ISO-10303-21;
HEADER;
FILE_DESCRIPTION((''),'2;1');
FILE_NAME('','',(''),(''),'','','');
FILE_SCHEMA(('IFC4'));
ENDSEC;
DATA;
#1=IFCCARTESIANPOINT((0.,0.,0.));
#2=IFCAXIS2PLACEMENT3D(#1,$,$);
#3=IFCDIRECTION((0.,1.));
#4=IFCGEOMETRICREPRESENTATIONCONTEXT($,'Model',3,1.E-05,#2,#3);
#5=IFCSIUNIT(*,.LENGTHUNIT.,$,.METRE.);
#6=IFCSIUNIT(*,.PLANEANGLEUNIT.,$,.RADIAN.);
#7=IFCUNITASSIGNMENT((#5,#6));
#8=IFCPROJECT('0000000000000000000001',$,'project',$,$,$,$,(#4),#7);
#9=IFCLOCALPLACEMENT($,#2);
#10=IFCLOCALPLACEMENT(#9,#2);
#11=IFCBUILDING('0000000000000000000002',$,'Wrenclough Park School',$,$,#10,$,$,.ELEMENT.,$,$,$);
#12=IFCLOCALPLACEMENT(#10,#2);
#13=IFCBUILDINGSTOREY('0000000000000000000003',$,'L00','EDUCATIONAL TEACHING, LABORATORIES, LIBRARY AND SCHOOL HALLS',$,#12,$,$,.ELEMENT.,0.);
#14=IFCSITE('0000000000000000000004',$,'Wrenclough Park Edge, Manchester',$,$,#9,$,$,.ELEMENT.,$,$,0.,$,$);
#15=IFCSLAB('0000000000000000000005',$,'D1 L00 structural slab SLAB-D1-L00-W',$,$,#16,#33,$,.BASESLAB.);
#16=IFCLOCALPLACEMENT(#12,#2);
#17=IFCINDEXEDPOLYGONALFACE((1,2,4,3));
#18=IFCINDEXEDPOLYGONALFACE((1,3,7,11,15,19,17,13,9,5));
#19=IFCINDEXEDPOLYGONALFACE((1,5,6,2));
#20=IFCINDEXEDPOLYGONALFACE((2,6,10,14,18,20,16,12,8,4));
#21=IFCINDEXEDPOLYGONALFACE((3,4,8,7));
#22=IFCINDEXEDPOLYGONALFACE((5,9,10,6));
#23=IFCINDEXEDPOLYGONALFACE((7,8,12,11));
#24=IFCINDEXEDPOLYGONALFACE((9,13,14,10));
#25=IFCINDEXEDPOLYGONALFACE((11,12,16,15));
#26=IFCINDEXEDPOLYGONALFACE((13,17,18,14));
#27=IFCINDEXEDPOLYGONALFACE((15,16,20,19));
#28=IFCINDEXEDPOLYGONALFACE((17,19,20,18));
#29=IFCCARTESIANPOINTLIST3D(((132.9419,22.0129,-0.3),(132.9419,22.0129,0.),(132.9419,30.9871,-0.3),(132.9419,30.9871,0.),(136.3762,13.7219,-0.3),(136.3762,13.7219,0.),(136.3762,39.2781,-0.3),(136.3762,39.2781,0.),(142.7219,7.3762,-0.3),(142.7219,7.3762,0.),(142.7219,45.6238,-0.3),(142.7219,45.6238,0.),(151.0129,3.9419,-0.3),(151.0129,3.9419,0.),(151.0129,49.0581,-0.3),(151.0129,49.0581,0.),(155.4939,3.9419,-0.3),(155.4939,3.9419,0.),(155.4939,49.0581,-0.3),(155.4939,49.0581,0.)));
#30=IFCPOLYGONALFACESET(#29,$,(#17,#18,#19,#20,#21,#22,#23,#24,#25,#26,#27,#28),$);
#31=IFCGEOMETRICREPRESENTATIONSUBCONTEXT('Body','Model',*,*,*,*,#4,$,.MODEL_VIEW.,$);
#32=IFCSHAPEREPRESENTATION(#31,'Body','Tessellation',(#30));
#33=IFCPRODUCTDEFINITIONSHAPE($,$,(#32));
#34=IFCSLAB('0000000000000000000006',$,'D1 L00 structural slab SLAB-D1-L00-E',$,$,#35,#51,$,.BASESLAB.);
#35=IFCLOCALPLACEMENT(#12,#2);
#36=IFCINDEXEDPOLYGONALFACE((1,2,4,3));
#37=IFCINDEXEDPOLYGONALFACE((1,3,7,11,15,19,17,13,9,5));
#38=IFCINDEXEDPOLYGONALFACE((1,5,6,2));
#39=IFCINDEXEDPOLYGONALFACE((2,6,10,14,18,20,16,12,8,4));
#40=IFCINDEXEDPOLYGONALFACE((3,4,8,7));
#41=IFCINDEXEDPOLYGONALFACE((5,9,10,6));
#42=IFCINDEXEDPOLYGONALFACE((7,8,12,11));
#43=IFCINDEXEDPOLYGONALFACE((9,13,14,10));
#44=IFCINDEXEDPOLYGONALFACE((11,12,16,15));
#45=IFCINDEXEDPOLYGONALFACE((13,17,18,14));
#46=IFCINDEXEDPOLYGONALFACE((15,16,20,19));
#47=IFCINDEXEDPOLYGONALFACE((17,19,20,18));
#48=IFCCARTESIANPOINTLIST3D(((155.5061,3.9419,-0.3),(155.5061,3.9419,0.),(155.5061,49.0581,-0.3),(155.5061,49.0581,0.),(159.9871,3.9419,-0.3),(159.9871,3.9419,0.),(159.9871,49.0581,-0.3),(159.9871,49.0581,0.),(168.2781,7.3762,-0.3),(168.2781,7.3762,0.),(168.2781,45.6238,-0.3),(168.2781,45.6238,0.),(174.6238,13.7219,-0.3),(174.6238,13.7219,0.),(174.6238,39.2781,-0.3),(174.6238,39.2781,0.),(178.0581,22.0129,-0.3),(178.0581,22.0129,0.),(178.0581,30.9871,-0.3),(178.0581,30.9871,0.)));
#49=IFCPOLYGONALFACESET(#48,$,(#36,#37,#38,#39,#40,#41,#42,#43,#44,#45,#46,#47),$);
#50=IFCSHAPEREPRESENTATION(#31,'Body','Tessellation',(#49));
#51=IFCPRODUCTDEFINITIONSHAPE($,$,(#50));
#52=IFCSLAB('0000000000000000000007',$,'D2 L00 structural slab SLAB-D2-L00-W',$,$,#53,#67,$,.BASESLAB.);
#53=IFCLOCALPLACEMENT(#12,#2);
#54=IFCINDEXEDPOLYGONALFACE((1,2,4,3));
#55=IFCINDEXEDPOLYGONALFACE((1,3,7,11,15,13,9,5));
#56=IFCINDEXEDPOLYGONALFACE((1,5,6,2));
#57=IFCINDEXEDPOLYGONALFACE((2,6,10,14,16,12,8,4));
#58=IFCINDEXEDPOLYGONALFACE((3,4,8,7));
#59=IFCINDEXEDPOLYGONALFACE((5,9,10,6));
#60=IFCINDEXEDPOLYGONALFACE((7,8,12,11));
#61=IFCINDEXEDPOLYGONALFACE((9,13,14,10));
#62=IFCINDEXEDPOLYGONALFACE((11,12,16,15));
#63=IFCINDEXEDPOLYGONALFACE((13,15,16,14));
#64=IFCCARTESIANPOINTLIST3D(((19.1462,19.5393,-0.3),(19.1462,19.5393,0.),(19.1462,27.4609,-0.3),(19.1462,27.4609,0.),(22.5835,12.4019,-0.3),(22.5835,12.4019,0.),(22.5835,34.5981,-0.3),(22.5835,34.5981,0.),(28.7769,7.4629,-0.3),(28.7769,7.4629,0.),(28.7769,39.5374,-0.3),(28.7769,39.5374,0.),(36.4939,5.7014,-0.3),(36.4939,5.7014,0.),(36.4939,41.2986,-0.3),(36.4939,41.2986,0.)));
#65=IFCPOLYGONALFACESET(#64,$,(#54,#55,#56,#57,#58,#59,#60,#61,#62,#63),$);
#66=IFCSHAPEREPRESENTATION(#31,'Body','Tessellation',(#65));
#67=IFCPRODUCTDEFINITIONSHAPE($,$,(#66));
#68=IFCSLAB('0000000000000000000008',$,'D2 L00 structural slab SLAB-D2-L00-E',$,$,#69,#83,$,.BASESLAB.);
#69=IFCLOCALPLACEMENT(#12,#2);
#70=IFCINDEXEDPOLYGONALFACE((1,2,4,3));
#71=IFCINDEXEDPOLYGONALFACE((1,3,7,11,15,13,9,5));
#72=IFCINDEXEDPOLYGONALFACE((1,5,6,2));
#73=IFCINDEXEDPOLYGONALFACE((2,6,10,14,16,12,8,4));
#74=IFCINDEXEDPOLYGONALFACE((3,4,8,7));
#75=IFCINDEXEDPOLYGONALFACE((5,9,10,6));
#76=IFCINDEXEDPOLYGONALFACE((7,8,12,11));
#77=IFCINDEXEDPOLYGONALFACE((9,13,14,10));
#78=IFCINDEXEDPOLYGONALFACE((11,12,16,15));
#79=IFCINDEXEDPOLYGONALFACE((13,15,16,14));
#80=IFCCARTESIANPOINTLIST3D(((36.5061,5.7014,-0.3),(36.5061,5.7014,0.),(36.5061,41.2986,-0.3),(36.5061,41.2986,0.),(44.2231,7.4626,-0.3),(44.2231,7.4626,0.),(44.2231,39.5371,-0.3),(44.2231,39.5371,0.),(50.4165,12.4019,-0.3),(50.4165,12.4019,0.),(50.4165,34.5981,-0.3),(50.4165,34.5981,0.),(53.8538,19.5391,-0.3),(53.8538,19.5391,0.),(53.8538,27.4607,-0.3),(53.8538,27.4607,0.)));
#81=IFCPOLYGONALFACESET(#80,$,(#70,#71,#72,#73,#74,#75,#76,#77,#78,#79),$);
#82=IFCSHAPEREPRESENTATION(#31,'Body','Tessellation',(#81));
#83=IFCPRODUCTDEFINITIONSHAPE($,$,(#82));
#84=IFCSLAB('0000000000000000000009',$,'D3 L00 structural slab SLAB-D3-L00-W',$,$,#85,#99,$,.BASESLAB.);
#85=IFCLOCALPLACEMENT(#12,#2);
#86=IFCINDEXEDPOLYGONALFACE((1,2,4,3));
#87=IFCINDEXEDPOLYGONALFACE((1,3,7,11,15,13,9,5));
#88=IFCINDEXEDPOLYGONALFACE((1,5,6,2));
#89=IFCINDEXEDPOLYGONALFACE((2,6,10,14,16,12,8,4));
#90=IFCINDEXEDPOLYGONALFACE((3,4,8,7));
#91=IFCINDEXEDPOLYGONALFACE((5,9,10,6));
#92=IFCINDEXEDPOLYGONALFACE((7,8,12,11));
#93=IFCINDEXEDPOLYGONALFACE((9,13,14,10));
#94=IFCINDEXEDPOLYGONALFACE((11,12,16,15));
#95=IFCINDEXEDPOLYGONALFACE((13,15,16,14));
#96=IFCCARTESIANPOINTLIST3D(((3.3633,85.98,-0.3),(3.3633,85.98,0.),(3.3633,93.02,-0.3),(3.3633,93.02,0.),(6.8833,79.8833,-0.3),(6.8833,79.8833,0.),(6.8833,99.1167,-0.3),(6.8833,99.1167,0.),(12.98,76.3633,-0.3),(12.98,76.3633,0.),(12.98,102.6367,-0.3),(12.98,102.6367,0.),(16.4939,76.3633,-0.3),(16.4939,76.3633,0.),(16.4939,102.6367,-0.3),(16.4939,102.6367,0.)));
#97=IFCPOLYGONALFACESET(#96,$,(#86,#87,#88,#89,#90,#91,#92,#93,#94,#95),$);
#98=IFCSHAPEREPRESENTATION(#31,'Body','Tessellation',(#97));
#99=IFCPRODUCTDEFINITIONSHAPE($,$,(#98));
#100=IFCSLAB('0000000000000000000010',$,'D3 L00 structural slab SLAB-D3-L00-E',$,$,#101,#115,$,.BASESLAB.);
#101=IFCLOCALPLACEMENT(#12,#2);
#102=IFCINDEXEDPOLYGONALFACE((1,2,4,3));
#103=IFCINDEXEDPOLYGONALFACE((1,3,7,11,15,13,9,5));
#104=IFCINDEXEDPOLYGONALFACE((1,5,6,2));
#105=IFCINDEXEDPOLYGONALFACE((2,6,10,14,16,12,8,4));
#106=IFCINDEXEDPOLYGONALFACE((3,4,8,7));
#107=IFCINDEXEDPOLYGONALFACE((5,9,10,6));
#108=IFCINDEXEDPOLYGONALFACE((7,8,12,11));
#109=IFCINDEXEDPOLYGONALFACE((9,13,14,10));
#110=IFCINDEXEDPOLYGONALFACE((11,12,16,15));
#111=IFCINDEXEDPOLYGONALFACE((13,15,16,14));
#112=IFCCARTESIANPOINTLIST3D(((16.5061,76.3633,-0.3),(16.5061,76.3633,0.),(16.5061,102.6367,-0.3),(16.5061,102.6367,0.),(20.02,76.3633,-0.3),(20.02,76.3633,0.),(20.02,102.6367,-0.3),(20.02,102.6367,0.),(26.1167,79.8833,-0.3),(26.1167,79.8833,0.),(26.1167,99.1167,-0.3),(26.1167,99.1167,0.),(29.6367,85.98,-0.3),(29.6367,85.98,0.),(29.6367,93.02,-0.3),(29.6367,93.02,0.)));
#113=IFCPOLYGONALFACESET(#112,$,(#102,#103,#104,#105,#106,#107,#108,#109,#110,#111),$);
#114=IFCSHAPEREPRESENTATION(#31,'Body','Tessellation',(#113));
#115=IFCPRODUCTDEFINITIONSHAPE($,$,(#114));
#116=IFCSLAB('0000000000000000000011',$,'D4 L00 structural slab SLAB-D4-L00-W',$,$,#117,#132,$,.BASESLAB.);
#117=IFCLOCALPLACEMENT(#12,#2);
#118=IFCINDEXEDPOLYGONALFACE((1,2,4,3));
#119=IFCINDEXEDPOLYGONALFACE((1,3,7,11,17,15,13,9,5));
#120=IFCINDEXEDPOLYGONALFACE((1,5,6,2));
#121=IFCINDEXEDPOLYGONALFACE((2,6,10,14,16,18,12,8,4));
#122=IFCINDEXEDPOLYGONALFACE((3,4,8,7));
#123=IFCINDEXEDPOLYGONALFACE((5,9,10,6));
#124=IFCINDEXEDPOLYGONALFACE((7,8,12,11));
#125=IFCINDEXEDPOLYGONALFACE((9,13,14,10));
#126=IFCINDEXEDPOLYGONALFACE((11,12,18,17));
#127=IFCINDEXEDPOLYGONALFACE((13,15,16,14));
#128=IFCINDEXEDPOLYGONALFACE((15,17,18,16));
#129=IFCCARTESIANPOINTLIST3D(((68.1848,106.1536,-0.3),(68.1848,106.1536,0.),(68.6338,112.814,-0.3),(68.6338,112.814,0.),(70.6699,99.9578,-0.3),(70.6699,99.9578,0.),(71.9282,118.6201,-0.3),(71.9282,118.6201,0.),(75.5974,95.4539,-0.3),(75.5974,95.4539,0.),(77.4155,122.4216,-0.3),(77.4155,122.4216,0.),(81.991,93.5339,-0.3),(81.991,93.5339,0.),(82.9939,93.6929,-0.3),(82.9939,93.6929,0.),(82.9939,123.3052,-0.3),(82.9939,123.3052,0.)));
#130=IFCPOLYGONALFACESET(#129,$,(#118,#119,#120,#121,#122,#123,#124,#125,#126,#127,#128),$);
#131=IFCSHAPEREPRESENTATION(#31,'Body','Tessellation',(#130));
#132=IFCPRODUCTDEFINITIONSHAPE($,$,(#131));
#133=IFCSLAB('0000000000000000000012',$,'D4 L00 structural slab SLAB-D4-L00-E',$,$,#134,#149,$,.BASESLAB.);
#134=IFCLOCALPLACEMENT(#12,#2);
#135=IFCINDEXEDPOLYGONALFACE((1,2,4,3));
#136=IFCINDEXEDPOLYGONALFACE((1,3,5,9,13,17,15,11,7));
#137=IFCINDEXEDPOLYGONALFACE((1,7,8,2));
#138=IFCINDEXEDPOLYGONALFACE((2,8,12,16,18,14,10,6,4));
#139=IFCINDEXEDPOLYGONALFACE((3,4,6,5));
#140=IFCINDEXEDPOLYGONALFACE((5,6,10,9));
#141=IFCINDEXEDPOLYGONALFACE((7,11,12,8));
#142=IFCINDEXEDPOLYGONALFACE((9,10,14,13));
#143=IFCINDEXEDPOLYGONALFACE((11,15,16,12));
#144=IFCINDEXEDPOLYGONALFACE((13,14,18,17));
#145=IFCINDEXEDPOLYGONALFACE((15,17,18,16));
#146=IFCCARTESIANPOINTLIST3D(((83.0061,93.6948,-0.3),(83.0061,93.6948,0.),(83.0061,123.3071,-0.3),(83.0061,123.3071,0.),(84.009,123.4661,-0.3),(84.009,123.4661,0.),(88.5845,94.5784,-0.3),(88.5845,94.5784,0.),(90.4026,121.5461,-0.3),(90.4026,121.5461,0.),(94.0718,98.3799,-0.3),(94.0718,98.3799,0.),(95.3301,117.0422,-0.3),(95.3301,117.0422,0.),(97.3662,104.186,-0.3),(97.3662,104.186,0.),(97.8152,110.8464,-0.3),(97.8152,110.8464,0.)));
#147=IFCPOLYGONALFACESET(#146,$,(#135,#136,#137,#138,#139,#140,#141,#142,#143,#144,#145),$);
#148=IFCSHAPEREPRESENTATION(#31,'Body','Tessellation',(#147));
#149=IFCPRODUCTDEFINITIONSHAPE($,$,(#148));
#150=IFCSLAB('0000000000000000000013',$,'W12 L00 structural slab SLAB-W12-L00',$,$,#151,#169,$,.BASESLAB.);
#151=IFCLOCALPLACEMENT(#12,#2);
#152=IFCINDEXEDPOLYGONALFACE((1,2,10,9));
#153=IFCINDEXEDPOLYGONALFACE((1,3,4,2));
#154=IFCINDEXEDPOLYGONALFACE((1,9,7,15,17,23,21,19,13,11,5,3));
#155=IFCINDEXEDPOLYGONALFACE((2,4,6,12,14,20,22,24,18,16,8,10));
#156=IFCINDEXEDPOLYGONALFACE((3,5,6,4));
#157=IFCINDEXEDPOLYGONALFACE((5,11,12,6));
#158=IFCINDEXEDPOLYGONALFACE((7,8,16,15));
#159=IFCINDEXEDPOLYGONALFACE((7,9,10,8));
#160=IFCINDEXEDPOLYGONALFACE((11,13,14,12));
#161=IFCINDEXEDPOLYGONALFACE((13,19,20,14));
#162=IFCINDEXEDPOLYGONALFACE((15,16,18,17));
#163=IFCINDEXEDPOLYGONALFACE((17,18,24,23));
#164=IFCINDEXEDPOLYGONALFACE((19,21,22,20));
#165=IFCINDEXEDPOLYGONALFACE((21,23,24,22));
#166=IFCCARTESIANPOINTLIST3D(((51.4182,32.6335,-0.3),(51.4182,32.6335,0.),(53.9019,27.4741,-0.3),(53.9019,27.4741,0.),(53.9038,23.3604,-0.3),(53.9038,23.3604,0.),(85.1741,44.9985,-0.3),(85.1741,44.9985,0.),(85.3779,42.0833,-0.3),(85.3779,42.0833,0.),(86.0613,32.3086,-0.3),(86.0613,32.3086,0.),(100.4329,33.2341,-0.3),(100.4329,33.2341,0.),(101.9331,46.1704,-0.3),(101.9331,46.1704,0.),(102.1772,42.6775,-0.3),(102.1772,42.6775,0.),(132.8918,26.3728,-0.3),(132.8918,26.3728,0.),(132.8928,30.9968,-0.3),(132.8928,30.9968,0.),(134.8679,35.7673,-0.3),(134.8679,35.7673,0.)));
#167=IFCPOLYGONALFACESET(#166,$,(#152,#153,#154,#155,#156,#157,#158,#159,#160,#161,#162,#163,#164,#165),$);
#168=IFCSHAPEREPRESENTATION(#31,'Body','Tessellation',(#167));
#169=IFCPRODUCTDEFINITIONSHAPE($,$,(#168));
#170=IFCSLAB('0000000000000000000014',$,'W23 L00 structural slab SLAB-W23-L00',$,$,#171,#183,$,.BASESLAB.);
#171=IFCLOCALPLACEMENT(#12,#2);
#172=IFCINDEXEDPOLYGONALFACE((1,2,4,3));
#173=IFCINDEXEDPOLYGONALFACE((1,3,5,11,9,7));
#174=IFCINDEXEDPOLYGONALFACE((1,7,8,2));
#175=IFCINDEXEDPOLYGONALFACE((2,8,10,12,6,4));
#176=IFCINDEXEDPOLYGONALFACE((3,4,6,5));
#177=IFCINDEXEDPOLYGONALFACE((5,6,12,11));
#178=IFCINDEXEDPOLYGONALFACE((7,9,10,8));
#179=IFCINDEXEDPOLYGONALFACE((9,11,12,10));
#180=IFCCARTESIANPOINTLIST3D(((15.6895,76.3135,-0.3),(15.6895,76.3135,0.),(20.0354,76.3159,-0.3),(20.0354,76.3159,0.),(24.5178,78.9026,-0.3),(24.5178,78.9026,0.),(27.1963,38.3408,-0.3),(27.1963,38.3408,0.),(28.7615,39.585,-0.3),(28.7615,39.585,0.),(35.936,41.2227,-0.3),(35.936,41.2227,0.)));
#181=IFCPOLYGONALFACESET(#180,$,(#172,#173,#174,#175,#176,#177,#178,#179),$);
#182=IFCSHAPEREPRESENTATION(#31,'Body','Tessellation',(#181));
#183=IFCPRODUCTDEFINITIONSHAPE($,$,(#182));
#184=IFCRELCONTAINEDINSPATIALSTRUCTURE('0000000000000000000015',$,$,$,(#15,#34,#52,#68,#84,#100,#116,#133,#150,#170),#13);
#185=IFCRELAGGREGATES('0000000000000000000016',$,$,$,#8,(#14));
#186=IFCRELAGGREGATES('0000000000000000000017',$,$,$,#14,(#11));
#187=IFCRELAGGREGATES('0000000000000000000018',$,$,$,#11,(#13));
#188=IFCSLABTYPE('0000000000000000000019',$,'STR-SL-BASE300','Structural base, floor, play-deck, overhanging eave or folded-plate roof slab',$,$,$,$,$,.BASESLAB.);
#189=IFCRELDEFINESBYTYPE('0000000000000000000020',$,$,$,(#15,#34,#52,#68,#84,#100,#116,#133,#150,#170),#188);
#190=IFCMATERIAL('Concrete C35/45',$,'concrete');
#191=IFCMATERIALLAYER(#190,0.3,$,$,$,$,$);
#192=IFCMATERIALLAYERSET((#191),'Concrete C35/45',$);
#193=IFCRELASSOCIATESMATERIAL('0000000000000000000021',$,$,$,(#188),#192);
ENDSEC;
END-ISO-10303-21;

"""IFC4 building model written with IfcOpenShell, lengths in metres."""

from ifc_helpers import new_model, si_unit, direction, frame, origin, place, context, subcontext, project, spatial, polyline, outline, extrude, material, layer, layer_set, type_object, element, save


model = new_model("IFC4")

# Units and contexts
model_context = context("Model", 3, precision=1e-05, world=origin(), true_north=direction((0.0, 1.0)))
body_context = subcontext(model_context, "Body", "Model", "MODEL_VIEW")
ifc_project = project(units=[si_unit("LENGTHUNIT", "METRE"), si_unit("PLANEANGLEUNIT", "RADIAN")], contexts=[model_context])

# Site, building, storey
site_placement = place(None, origin())
site = spatial("IfcSite", under=ifc_project, at=site_placement, Name="Wrenclough Park Edge, Manchester", CompositionType="ELEMENT", RefElevation=0.0)
building_placement = place(site_placement, origin())
building = spatial("IfcBuilding", under=site, at=building_placement, Name="Wrenclough Park School", CompositionType="ELEMENT")
storey_placement = place(building_placement, origin())
storey = spatial("IfcBuildingStorey", under=building, at=storey_placement, Name="L00", Description="EDUCATIONAL TEACHING, LABORATORIES, LIBRARY AND SCHOOL HALLS", CompositionType="ELEMENT", Elevation=0.0)

# Slabs
ifc_material_1 = material(Name="Concrete C35/45", Category="concrete")
ifc_layer_1 = layer(ifc_material_1, 0.3)
ifc_layer_set_1 = layer_set([ifc_layer_1], Name="Concrete C35/45")
slab_type_1 = type_object("IfcSlabType", Name="STR-SL-BASE300", Description="Structural base, floor, play-deck, overhanging eave or folded-plate roof slab", PredefinedType="BASESLAB", material=ifc_layer_set_1)
slab_1_placement = place(storey_placement, frame((0.0, 0.0, -0.3)))
element("IfcSlab", 1, at=slab_1_placement, inside=storey, type_object=slab_type_1, Name="D1 L00 structural slab SLAB-D1-L00-W", PredefinedType="BASESLAB", context=body_context, shape_type="SweptSolid", body=[
    extrude(outline(polyline([(151.0129, 3.9419), (155.4939, 3.9419), (155.4939, 49.0581), (151.0129, 49.0581), (142.7219, 45.6238), (136.3762, 39.2781), (132.9419, 30.9871), (132.9419, 22.0129), (136.3762, 13.7219), (142.7219, 7.3762), (151.0129, 3.9419)])), origin(), (0.0, 0.0, 1.0), 0.3),
])
slab_2_placement = place(storey_placement, frame((0.0, 0.0, -0.3)))
element("IfcSlab", 2, at=slab_2_placement, inside=storey, type_object=slab_type_1, Name="D1 L00 structural slab SLAB-D1-L00-E", PredefinedType="BASESLAB", context=body_context, shape_type="SweptSolid", body=[
    extrude(outline(polyline([(159.9871, 49.0581), (155.5061, 49.0581), (155.5061, 3.9419), (159.9871, 3.9419), (168.2781, 7.3762), (174.6238, 13.7219), (178.0581, 22.0129), (178.0581, 30.9871), (174.6238, 39.2781), (168.2781, 45.6238), (159.9871, 49.0581)])), origin(), (0.0, 0.0, 1.0), 0.3),
])
slab_3_placement = place(storey_placement, frame((0.0, 0.0, -0.3)))
element("IfcSlab", 3, at=slab_3_placement, inside=storey, type_object=slab_type_1, Name="D2 L00 structural slab SLAB-D2-L00-W", PredefinedType="BASESLAB", context=body_context, shape_type="SweptSolid", body=[
    extrude(outline(polyline([(28.7769, 7.4629), (36.4939, 5.7014), (36.4939, 41.2986), (28.7769, 39.5374), (22.5835, 34.5981), (19.1462, 27.4609), (19.1462, 19.5393), (22.5835, 12.4019), (28.7769, 7.4629)])), origin(), (0.0, 0.0, 1.0), 0.3),
])
slab_4_placement = place(storey_placement, frame((0.0, 0.0, -0.3)))
element("IfcSlab", 4, at=slab_4_placement, inside=storey, type_object=slab_type_1, Name="D2 L00 structural slab SLAB-D2-L00-E", PredefinedType="BASESLAB", context=body_context, shape_type="SweptSolid", body=[
    extrude(outline(polyline([(44.2231, 39.5371), (36.5061, 41.2986), (36.5061, 5.7014), (44.2231, 7.4626), (50.4165, 12.4019), (53.8538, 19.5391), (53.8538, 27.4607), (50.4165, 34.5981), (44.2231, 39.5371)])), origin(), (0.0, 0.0, 1.0), 0.3),
])
slab_5_placement = place(storey_placement, frame((0.0, 0.0, -0.3)))
element("IfcSlab", 5, at=slab_5_placement, inside=storey, type_object=slab_type_1, Name="D3 L00 structural slab SLAB-D3-L00-W", PredefinedType="BASESLAB", context=body_context, shape_type="SweptSolid", body=[
    extrude(outline(polyline([(12.98, 76.3633), (16.4939, 76.3633), (16.4939, 102.6367), (12.98, 102.6367), (6.8833, 99.1167), (3.3633, 93.02), (3.3633, 85.98), (6.8833, 79.8833), (12.98, 76.3633)])), origin(), (0.0, 0.0, 1.0), 0.3),
])
slab_6_placement = place(storey_placement, frame((0.0, 0.0, -0.3)))
element("IfcSlab", 6, at=slab_6_placement, inside=storey, type_object=slab_type_1, Name="D3 L00 structural slab SLAB-D3-L00-E", PredefinedType="BASESLAB", context=body_context, shape_type="SweptSolid", body=[
    extrude(outline(polyline([(20.02, 102.6367), (16.5061, 102.6367), (16.5061, 76.3633), (20.02, 76.3633), (26.1167, 79.8833), (29.6367, 85.98), (29.6367, 93.02), (26.1167, 99.1167), (20.02, 102.6367)])), origin(), (0.0, 0.0, 1.0), 0.3),
])
slab_7_placement = place(storey_placement, frame((0.0, 0.0, -0.3)))
element("IfcSlab", 7, at=slab_7_placement, inside=storey, type_object=slab_type_1, Name="D4 L00 structural slab SLAB-D4-L00-W", PredefinedType="BASESLAB", context=body_context, shape_type="SweptSolid", body=[
    extrude(outline(polyline([(81.991, 93.5339), (82.9939, 93.6929), (82.9939, 123.3052), (77.4155, 122.4216), (71.9282, 118.6201), (68.6338, 112.814), (68.1848, 106.1536), (70.6699, 99.9578), (75.5974, 95.4539), (81.991, 93.5339)])), origin(), (0.0, 0.0, 1.0), 0.3),
])
slab_8_placement = place(storey_placement, frame((0.0, 0.0, -0.3)))
element("IfcSlab", 8, at=slab_8_placement, inside=storey, type_object=slab_type_1, Name="D4 L00 structural slab SLAB-D4-L00-E", PredefinedType="BASESLAB", context=body_context, shape_type="SweptSolid", body=[
    extrude(outline(polyline([(84.009, 123.4661), (83.0061, 123.3071), (83.0061, 93.6948), (88.5845, 94.5784), (94.0718, 98.3799), (97.3662, 104.186), (97.8152, 110.8464), (95.3301, 117.0422), (90.4026, 121.5461), (84.009, 123.4661)])), origin(), (0.0, 0.0, 1.0), 0.3),
])
slab_9_placement = place(storey_placement, frame((0.0, 0.0, -0.3)))
element("IfcSlab", 9, at=slab_9_placement, inside=storey, type_object=slab_type_1, Name="W12 L00 structural slab SLAB-W12-L00", PredefinedType="BASESLAB", context=body_context, shape_type="SweptSolid", body=[
    extrude(outline(polyline([(100.4329, 33.2341), (132.8918, 26.3728), (132.8928, 30.9968), (134.8679, 35.7673), (102.1772, 42.6775), (101.9331, 46.1704), (85.1741, 44.9985), (85.3779, 42.0833), (51.4182, 32.6335), (53.9019, 27.4741), (53.9038, 23.3604), (86.0613, 32.3086), (100.4329, 33.2341)])), origin(), (0.0, 0.0, 1.0), 0.3),
])
slab_10_placement = place(storey_placement, frame((0.0, 0.0, -0.3)))
element("IfcSlab", 10, at=slab_10_placement, inside=storey, type_object=slab_type_1, Name="W23 L00 structural slab SLAB-W23-L00", PredefinedType="BASESLAB", context=body_context, shape_type="SweptSolid", body=[
    extrude(outline(polyline([(35.936, 41.2227), (24.5178, 78.9026), (20.0354, 76.3159), (15.6895, 76.3135), (27.1963, 38.3408), (28.7615, 39.585), (35.936, 41.2227)])), origin(), (0.0, 0.0, 1.0), 0.3),
])

save(model, "model.ifc")
